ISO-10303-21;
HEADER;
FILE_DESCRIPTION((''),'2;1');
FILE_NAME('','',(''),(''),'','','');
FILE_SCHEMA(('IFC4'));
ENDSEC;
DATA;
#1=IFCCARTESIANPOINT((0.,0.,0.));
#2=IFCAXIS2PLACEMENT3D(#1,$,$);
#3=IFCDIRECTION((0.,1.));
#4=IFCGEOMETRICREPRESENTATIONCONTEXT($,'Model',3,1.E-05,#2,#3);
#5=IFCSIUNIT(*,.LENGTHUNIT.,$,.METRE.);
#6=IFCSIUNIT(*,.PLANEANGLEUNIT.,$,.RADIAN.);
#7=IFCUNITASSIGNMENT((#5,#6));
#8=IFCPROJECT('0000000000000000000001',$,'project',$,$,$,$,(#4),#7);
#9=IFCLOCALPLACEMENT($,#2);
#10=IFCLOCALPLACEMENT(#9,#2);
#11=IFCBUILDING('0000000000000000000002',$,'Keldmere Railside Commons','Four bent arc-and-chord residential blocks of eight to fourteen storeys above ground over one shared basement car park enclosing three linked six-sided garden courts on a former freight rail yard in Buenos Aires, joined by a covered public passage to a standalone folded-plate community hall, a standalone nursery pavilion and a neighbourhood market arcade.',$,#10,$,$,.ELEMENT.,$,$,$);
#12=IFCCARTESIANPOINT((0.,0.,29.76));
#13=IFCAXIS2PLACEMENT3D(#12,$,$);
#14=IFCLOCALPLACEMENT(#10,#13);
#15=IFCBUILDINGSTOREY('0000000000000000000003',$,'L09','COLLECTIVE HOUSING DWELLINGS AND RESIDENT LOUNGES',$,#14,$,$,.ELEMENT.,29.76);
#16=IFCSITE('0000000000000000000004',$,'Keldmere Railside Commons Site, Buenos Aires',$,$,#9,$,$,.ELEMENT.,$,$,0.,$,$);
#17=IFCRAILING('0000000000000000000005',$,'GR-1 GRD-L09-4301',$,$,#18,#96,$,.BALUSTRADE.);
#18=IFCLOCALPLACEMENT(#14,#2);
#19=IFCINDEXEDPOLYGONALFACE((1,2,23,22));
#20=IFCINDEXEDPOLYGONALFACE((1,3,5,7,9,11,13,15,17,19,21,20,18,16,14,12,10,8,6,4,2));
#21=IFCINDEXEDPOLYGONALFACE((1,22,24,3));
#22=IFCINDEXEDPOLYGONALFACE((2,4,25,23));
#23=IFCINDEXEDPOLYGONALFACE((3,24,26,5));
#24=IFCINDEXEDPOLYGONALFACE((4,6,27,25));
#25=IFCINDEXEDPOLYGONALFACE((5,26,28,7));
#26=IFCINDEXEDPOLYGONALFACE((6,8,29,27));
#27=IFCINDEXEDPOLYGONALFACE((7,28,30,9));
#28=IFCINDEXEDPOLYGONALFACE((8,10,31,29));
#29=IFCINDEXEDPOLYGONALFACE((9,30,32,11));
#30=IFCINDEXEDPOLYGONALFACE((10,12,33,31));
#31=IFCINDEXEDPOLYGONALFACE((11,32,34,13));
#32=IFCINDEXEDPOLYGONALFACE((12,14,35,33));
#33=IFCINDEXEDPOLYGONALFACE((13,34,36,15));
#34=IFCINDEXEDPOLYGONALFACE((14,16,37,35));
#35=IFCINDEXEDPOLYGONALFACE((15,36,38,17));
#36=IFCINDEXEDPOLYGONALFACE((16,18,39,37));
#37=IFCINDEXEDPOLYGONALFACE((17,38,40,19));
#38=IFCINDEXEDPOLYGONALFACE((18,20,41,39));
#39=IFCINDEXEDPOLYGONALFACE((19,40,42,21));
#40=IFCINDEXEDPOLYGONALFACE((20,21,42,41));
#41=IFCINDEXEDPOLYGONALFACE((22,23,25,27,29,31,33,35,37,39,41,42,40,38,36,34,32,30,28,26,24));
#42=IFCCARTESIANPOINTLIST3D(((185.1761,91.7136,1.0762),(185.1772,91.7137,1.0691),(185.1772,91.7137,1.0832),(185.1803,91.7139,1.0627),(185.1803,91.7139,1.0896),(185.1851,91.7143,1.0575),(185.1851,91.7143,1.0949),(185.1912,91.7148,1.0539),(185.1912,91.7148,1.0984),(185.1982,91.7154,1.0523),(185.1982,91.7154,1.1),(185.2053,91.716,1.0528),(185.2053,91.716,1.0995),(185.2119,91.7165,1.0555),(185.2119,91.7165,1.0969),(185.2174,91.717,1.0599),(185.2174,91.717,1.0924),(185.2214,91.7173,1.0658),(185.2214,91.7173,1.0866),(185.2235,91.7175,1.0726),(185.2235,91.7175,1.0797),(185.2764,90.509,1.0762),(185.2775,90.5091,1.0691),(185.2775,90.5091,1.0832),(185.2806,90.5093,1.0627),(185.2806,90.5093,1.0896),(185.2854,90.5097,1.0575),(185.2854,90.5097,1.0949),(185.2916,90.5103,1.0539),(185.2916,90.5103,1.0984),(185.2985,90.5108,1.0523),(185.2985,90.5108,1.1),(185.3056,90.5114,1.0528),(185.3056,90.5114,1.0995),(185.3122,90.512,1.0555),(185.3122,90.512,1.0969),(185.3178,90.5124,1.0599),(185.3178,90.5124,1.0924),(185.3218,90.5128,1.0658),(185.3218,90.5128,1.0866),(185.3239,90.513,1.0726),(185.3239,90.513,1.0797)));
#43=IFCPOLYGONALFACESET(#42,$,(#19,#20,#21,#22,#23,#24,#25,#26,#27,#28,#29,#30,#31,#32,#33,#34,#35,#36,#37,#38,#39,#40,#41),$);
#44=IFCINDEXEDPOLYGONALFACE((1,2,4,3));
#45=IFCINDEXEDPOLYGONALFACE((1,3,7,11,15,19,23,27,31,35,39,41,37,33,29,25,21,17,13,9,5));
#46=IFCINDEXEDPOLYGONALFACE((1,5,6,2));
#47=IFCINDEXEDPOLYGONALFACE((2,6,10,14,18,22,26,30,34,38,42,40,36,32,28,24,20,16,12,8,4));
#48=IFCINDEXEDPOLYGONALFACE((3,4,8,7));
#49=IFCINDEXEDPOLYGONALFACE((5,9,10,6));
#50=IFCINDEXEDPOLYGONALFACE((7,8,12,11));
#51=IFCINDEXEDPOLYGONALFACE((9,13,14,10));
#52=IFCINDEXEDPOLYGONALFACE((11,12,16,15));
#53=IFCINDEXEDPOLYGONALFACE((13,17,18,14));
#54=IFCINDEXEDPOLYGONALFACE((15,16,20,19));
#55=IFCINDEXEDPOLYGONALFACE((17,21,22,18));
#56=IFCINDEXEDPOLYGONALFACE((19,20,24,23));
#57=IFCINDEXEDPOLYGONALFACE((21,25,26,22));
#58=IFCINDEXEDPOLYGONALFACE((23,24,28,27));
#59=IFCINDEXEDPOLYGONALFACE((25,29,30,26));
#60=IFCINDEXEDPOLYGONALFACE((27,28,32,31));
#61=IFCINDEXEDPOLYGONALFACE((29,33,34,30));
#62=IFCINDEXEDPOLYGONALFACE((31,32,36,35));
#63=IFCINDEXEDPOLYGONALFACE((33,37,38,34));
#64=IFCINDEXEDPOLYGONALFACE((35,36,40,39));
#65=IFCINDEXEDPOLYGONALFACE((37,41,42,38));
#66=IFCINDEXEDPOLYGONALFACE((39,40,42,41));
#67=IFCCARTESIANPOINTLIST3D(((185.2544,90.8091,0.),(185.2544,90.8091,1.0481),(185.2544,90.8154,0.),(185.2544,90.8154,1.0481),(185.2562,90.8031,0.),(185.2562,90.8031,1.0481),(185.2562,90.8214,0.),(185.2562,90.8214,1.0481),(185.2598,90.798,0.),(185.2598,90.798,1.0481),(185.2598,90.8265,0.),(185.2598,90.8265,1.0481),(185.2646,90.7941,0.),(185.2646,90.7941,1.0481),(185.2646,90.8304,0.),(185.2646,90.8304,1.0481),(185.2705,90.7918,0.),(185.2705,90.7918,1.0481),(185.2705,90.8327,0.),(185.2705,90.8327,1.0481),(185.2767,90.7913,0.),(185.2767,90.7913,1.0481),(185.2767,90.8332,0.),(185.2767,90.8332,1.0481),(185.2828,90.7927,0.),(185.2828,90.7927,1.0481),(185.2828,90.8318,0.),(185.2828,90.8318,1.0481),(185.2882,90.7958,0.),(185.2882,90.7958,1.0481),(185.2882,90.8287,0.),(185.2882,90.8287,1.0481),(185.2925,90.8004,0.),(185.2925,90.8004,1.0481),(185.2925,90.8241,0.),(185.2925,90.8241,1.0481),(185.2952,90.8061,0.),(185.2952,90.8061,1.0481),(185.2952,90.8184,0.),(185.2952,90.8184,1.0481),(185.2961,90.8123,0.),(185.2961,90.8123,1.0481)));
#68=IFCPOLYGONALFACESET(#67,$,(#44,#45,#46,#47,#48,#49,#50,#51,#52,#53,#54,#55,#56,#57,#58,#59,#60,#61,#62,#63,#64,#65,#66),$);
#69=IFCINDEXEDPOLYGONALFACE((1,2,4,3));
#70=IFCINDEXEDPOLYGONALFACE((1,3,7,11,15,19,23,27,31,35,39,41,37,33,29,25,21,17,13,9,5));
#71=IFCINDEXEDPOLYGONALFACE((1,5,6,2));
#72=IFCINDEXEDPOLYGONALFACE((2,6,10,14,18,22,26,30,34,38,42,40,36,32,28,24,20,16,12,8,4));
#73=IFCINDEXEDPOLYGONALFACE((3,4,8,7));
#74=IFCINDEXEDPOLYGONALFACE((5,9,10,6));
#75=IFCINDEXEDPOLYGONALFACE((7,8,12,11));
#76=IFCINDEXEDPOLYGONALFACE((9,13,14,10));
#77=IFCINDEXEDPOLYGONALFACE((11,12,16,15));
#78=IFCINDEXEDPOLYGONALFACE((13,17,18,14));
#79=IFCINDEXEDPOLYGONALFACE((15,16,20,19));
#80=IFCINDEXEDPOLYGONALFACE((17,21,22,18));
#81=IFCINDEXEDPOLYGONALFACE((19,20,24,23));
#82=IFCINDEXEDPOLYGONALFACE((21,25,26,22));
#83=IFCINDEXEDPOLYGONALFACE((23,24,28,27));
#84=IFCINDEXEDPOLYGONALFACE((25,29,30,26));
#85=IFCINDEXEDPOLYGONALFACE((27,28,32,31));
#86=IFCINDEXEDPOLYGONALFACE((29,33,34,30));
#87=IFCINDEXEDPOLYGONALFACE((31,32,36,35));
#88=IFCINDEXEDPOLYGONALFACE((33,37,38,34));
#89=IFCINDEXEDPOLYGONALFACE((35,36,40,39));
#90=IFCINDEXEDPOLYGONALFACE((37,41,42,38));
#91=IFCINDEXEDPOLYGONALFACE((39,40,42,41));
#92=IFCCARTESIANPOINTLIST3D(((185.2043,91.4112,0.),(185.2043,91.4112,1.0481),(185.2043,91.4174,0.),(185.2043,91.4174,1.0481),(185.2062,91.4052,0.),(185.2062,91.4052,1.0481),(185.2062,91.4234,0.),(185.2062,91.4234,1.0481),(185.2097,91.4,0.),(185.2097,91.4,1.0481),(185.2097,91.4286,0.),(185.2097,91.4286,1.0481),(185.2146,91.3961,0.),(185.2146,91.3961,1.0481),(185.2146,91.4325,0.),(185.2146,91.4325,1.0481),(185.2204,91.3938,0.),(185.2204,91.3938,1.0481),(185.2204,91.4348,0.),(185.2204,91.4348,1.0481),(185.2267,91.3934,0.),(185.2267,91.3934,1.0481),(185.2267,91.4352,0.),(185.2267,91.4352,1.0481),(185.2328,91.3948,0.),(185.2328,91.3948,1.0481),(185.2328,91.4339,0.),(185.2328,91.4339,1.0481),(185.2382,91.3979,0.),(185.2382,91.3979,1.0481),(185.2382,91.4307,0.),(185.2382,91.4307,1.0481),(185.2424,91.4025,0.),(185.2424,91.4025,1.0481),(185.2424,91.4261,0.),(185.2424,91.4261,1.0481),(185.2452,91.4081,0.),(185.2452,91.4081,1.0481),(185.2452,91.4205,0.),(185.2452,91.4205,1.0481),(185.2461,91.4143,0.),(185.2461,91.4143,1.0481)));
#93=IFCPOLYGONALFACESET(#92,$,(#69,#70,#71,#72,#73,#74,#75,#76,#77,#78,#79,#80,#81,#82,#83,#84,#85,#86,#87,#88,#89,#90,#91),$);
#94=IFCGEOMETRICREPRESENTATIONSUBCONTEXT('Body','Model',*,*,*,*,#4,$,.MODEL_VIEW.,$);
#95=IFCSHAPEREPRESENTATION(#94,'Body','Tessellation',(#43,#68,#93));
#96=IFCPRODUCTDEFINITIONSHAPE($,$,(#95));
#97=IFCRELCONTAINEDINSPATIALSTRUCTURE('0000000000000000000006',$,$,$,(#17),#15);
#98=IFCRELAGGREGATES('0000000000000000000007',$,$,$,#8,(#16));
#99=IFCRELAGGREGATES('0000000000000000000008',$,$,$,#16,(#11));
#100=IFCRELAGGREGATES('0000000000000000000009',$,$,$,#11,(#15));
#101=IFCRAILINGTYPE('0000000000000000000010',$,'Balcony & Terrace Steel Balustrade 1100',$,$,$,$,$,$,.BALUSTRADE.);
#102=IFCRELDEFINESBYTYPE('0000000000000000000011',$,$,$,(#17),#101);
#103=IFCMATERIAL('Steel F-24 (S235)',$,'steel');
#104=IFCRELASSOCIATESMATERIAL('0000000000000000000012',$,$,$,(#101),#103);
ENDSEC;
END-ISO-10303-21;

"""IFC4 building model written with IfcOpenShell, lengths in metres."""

from ifc_helpers import new_model, si_unit, direction, frame, origin, origin_2d, place, context, subcontext, project, spatial, circle, extrude, material, type_object, element, save


model = new_model("IFC4")

# Units and contexts
model_context = context("Model", 3, precision=1e-05, world=origin(), true_north=direction((0.0, 1.0)))
body_context = subcontext(model_context, "Body", "Model", "MODEL_VIEW")
ifc_project = project(units=[si_unit("LENGTHUNIT", "METRE"), si_unit("PLANEANGLEUNIT", "RADIAN")], contexts=[model_context])

# Site, building, storey
site_placement = place(None, origin())
site = spatial("IfcSite", under=ifc_project, at=site_placement, Name="Keldmere Railside Commons Site, Buenos Aires", CompositionType="ELEMENT", RefElevation=0.0)
building_placement = place(site_placement, origin())
building = spatial("IfcBuilding", under=site, at=building_placement, Name="Keldmere Railside Commons", Description="Four bent arc-and-chord residential blocks of eight to fourteen storeys above ground over one shared basement car park enclosing three linked six-sided garden courts on a former freight rail yard in Buenos Aires, joined by a covered public passage to a standalone folded-plate community hall, a standalone nursery pavilion and a neighbourhood market arcade.", CompositionType="ELEMENT")
storey_placement = place(building_placement, frame((0.0, 0.0, 29.76)))
storey = spatial("IfcBuildingStorey", under=building, at=storey_placement, Name="L09", Description="COLLECTIVE HOUSING DWELLINGS AND RESIDENT LOUNGES", CompositionType="ELEMENT", Elevation=29.76)

# Railing
ifc_material_1 = material(Name="Steel F-24 (S235)", Category="steel")
railing_type = type_object("IfcRailingType", Name="Balcony & Terrace Steel Balustrade 1100", PredefinedType="BALUSTRADE", material=ifc_material_1)
railing_1_placement = place(storey_placement, frame((185.3003, 90.511, 0.0)))
element("IfcRailing", 1, at=railing_1_placement, inside=storey, type_object=railing_type, Name="GR-1 GRD-L09-4301", PredefinedType="BALUSTRADE", context=body_context, shape_type="SweptSolid", body=[
    extrude(circle(Radius=0.0239, at=origin_2d()), frame((0.0, 0.0, 1.0762), z_axis=(-0.083012, 0.996549, 0.0), x_axis=(-0.996549, -0.083012, 0.0)), (0.0, 0.0, 1.0), 1.2087),
    extrude(circle(Radius=0.021, at=origin_2d()), frame((-0.0251, 0.3013, 0.0)), (0.0, 0.0, 1.0), 1.0481),
    extrude(circle(Radius=0.021, at=origin_2d()), frame((-0.0752, 0.9033, 0.0)), (0.0, 0.0, 1.0), 1.0481),
])

save(model, "model.ifc")
